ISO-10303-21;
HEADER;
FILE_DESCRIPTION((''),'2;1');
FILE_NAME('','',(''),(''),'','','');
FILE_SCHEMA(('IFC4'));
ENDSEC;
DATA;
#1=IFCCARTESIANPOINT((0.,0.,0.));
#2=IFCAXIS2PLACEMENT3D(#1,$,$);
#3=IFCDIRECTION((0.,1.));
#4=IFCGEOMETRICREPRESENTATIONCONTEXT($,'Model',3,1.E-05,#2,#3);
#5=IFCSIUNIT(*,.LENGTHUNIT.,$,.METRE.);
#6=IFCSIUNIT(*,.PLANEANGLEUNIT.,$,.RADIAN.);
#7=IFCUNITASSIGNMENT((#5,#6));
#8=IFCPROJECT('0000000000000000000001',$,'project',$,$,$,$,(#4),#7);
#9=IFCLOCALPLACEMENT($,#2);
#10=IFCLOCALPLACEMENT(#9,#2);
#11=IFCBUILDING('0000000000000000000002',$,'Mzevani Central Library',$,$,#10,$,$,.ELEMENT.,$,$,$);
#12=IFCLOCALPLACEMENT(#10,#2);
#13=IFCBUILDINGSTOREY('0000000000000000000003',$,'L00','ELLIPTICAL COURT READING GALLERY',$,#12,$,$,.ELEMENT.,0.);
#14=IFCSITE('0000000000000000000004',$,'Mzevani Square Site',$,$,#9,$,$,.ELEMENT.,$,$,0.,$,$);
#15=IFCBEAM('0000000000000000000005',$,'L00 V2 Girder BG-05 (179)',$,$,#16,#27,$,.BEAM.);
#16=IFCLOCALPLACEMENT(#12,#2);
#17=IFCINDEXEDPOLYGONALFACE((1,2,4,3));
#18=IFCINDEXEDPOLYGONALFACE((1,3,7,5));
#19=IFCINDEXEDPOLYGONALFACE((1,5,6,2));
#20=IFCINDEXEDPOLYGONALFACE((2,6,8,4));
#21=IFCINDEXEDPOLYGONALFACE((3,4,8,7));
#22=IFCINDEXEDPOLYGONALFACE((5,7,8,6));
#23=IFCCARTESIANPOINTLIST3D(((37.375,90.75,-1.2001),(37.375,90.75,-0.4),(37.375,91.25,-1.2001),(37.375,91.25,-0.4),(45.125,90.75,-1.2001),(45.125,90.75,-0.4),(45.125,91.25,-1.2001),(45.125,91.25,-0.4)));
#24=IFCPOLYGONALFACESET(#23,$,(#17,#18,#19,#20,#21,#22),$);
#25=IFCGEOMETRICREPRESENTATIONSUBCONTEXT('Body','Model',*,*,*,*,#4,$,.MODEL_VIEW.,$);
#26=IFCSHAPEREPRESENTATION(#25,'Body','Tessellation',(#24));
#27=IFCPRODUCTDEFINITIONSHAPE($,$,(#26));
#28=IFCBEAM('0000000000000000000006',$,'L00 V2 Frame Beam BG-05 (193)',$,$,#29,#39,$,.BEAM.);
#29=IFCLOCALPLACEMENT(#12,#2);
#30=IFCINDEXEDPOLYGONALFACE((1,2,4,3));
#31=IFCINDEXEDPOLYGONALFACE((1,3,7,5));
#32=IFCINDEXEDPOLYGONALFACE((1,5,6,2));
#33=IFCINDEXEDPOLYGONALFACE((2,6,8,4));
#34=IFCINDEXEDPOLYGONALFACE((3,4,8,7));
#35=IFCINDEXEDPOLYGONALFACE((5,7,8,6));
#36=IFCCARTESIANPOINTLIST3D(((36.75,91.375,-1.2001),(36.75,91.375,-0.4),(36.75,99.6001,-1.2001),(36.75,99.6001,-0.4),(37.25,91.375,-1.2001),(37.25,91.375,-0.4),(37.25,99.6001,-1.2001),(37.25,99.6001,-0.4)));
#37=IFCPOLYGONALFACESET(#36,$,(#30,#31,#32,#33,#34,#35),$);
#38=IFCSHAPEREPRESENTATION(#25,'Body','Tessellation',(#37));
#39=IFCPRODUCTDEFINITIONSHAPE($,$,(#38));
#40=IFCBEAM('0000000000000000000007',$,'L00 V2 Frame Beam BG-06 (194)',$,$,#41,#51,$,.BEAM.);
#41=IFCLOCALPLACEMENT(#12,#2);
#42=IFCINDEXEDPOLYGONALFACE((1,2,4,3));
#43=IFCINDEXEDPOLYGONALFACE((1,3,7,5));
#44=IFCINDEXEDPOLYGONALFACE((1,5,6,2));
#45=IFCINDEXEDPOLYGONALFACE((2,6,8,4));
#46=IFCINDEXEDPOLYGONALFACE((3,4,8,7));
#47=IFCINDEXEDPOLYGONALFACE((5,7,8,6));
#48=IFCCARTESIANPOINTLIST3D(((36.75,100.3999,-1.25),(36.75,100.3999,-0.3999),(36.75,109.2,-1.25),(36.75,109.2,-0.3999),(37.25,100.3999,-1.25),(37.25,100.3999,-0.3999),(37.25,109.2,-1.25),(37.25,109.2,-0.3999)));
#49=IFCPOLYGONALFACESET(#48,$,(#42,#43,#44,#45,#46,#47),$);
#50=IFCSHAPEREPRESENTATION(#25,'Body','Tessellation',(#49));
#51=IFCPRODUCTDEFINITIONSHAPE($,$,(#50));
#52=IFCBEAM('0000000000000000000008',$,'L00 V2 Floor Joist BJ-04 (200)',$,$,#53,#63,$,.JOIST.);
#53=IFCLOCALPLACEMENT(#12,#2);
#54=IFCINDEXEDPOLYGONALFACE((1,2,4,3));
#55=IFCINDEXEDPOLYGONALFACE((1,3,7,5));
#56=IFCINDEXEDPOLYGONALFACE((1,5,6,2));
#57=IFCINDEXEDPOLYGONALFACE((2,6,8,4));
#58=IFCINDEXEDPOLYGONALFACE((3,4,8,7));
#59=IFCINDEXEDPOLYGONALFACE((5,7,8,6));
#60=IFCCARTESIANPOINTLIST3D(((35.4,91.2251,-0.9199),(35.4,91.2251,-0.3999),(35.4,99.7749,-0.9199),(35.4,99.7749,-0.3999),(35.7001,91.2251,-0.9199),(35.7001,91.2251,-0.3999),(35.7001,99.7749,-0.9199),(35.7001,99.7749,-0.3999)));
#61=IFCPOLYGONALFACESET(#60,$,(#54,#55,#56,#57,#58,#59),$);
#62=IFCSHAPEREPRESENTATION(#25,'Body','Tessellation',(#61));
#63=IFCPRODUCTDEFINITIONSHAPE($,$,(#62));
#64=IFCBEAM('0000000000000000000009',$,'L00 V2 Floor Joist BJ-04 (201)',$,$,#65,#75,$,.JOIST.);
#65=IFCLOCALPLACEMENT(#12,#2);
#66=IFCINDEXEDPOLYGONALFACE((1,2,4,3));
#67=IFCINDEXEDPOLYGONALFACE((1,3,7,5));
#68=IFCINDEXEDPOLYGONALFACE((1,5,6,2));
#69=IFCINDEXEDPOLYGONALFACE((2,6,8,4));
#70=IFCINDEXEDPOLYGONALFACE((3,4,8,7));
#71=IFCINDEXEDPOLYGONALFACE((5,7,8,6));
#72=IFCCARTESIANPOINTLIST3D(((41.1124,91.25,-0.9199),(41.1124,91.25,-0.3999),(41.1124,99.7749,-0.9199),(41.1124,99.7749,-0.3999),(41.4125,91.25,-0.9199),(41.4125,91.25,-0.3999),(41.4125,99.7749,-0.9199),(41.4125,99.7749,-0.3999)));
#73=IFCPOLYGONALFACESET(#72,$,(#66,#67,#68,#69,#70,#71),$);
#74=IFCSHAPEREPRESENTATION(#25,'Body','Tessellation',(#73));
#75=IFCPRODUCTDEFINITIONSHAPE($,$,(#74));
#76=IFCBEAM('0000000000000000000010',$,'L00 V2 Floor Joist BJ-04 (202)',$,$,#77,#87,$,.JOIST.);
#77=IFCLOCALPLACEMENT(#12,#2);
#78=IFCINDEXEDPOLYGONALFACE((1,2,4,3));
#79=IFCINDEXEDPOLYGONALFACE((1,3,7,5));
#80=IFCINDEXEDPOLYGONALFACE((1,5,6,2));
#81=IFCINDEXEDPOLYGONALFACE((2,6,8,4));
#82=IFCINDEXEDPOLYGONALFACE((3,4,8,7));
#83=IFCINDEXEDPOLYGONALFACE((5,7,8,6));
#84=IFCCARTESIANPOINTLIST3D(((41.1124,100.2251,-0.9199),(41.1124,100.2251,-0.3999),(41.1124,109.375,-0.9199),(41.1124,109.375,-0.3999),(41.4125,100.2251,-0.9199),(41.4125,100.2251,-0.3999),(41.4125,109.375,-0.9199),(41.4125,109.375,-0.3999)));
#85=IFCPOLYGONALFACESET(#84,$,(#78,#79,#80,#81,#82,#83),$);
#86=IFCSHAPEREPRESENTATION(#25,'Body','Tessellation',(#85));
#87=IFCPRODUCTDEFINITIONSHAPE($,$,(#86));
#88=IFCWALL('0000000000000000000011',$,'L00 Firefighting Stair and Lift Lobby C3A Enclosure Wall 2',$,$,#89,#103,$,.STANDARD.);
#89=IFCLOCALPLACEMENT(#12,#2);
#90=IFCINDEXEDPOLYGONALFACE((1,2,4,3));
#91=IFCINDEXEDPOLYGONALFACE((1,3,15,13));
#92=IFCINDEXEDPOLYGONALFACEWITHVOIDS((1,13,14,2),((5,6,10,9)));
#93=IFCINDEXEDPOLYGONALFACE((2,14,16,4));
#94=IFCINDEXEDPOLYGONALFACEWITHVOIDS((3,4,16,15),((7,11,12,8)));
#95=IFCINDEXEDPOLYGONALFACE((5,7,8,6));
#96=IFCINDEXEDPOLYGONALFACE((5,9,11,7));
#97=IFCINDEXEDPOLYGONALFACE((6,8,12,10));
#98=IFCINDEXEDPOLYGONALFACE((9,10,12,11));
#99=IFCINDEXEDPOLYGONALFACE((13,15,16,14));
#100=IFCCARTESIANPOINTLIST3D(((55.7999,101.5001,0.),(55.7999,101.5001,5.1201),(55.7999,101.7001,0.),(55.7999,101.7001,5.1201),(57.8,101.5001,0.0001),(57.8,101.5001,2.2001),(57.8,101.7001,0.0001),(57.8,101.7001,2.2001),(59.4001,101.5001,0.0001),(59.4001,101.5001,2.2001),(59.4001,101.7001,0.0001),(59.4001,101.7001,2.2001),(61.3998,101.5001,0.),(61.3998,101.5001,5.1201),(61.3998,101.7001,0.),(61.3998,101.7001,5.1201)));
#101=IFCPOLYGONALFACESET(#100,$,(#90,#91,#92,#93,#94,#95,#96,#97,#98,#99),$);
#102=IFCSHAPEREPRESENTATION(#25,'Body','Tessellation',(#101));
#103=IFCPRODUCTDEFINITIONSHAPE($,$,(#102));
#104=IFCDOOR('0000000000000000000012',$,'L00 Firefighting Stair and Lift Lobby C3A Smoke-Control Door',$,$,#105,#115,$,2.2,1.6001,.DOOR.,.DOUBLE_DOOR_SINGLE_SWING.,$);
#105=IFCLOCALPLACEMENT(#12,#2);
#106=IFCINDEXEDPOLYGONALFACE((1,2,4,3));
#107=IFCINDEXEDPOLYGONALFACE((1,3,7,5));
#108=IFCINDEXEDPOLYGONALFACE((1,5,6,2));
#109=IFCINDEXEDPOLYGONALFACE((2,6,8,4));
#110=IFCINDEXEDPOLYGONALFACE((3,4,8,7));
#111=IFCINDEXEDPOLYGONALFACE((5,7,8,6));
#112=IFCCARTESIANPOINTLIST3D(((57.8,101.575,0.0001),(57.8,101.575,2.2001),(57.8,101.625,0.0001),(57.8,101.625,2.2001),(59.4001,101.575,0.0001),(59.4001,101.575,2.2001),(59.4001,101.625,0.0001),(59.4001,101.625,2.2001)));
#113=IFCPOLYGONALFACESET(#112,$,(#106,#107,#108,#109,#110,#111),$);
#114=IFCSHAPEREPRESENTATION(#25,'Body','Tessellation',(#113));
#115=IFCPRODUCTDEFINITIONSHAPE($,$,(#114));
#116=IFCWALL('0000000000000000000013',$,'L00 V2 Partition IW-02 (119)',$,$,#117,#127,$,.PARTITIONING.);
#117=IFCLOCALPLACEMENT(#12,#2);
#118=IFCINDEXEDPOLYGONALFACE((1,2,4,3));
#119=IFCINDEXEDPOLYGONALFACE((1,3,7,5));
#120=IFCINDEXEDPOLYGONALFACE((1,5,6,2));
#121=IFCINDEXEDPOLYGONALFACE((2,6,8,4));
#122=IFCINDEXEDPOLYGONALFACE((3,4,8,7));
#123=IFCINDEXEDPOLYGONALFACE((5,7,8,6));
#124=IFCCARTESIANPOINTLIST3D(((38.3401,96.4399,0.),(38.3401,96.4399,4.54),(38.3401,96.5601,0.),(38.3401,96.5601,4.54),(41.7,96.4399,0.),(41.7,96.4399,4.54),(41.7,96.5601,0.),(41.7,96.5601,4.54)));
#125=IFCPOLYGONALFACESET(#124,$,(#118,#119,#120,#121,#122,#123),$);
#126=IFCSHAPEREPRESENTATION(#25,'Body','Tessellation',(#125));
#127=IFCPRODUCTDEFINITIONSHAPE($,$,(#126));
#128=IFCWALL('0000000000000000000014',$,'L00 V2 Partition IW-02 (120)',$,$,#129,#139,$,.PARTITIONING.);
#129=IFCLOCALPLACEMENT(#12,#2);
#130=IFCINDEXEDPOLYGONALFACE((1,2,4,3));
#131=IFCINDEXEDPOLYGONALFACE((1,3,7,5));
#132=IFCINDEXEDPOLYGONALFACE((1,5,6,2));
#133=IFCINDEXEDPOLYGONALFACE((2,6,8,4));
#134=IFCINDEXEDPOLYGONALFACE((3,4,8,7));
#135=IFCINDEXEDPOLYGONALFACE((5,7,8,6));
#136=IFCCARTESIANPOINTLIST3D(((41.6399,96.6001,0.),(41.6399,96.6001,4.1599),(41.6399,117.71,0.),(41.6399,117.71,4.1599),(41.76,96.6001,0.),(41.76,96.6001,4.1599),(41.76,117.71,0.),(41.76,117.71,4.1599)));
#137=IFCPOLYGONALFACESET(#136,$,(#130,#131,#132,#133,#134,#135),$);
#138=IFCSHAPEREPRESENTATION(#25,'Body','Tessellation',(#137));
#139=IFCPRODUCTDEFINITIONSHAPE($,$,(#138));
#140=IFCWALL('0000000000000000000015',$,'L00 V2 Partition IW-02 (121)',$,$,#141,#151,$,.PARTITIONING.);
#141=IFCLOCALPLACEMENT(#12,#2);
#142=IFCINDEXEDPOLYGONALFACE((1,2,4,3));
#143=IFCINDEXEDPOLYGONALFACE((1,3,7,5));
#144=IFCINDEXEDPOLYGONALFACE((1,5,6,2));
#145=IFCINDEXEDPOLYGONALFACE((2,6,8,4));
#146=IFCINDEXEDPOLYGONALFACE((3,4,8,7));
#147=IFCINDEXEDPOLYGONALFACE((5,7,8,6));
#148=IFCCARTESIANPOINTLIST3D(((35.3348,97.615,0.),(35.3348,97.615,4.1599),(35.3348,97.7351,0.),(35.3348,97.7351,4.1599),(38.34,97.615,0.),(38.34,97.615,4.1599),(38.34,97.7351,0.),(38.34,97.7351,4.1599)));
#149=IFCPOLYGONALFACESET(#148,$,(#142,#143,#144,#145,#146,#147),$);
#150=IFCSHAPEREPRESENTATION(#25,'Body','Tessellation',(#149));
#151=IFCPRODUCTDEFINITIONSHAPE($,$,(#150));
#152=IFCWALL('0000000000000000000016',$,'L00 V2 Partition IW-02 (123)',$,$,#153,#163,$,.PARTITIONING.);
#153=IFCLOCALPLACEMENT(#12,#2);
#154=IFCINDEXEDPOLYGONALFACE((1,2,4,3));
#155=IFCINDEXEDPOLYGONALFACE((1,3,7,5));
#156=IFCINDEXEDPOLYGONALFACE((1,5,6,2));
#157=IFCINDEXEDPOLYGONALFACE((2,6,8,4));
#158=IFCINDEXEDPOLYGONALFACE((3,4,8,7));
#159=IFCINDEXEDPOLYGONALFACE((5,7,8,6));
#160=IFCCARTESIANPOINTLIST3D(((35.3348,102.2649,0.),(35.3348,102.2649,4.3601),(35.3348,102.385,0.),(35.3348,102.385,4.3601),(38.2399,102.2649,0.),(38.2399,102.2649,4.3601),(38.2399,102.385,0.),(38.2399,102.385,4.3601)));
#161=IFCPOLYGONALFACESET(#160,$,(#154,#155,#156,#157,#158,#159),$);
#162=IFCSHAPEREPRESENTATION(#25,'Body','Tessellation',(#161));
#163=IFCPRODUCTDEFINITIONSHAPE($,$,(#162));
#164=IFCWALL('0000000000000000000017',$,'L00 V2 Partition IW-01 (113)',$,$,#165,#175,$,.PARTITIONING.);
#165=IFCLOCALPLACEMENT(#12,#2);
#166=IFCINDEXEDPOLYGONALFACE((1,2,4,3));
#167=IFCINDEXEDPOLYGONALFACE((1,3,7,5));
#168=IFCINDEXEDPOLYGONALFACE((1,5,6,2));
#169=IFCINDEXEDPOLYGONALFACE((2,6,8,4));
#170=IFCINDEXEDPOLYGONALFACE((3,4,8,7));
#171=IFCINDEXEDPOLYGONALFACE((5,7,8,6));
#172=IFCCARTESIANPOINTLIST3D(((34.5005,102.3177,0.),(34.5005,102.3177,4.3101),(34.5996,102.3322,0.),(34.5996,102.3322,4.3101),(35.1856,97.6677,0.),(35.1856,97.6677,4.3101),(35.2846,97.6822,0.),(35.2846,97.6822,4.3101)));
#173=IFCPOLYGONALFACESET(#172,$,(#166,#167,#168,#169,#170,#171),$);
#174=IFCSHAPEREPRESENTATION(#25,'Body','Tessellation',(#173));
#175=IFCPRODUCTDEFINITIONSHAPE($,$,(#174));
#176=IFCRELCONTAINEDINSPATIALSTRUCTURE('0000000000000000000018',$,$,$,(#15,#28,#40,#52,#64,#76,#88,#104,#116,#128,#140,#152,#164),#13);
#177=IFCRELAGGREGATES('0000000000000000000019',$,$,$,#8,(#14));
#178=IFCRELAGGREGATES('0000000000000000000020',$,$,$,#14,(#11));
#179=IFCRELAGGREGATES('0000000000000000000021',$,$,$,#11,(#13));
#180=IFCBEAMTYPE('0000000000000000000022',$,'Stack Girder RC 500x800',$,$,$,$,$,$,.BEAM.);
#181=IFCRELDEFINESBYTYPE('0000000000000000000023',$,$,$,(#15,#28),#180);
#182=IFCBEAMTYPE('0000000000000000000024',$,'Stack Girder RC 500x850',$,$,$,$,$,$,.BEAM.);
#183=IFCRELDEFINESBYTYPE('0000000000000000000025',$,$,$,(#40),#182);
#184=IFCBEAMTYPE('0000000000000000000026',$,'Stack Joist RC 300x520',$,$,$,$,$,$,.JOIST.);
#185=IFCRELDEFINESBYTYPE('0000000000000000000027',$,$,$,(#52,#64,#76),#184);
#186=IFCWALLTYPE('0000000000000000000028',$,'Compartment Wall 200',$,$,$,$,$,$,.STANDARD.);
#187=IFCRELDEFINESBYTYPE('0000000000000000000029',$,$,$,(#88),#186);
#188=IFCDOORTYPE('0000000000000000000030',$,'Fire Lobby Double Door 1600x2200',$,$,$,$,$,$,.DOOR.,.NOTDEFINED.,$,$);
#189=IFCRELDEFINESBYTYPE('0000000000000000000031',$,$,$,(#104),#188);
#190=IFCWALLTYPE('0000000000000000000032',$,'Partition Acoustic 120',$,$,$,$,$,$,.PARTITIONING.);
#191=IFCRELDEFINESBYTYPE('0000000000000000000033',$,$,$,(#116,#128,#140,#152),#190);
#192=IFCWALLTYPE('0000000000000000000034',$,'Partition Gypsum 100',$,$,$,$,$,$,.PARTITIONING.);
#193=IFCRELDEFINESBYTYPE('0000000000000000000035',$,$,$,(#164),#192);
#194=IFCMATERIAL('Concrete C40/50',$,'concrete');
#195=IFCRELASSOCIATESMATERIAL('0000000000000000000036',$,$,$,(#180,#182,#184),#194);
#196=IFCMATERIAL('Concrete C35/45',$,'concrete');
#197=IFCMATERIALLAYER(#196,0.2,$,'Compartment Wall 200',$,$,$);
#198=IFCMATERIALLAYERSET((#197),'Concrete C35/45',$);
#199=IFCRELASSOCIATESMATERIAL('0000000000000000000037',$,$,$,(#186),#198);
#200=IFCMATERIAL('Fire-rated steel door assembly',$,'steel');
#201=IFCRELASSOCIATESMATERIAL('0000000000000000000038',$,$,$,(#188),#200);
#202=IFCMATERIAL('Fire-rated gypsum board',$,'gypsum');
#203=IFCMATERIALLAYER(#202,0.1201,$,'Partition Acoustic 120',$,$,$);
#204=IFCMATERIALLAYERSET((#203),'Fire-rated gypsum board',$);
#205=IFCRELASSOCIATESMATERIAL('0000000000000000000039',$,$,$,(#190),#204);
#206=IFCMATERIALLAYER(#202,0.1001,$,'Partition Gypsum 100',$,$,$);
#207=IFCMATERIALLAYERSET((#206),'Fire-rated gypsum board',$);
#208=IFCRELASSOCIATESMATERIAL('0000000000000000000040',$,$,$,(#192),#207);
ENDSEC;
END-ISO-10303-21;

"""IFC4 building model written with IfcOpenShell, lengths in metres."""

from ifc_helpers import new_model, si_unit, direction, frame, frame_2d, origin, origin_2d, place, context, subcontext, project, spatial, rectangle, extrude, material, layer, layer_set, material_profile, profile_set, type_object, element, fill, save


model = new_model("IFC4")

# Units and contexts
model_context = context("Model", 3, precision=1e-05, world=origin(), true_north=direction((0.0, 1.0)))
body_context = subcontext(model_context, "Body", "Model", "MODEL_VIEW")
ifc_project = project(units=[si_unit("LENGTHUNIT", "METRE"), si_unit("PLANEANGLEUNIT", "RADIAN")], contexts=[model_context])

# Site, building, storey
site_placement = place(None, origin())
site = spatial("IfcSite", under=ifc_project, at=site_placement, Name="Mzevani Square Site", CompositionType="ELEMENT", RefElevation=0.0)
building_placement = place(site_placement, origin())
building = spatial("IfcBuilding", under=site, at=building_placement, Name="Mzevani Central Library", CompositionType="ELEMENT")
storey_placement = place(building_placement, origin())
storey = spatial("IfcBuildingStorey", under=building, at=storey_placement, Name="L00", Description="ELLIPTICAL COURT READING GALLERY", CompositionType="ELEMENT", Elevation=0.0)

# Shared definitions
ifc_material_1 = material(Name="Concrete C40/50", Category="concrete")

# Beams
ifc_material_2 = material(Name="Concrete C35/45", Category="concrete")
ifc_material_profile_1 = material_profile(ifc_material_1, rectangle(XDim=0.5, YDim=0.8, at=origin_2d()), Name="RC B500x800")
ifc_profile_set_1 = profile_set([ifc_material_profile_1], Name="Concrete C40/50")
beam_type_1 = type_object("IfcBeamType", Name="Stack Girder RC 500x800", PredefinedType="BEAM", material=ifc_profile_set_1)
beam_1_placement = place(storey_placement, frame((37.375, 91.0, -0.8), z_axis=(1.0, 0.0, 0.0), x_axis=(0.0, 1.0, 0.0)))
element("IfcBeam", 1, at=beam_1_placement, inside=storey, type_object=beam_type_1, Name="L00 V2 Girder BG-05 (179)", PredefinedType="BEAM", context=body_context, shape_type="SweptSolid", body=[
    extrude(rectangle(XDim=0.5, YDim=0.8, at=origin_2d()), origin(), (0.0, 0.0, 1.0), 7.75),
])
beam_2_placement = place(storey_placement, frame((37.0, 91.375, -0.8), z_axis=(0.0, 1.0, 0.0), x_axis=(-1.0, 0.0, 0.0)))
element("IfcBeam", 2, at=beam_2_placement, inside=storey, type_object=beam_type_1, Name="L00 V2 Frame Beam BG-05 (193)", PredefinedType="BEAM", context=body_context, shape_type="SweptSolid", body=[
    extrude(rectangle(XDim=0.5, YDim=0.8, at=origin_2d()), origin(), (0.0, 0.0, 1.0), 8.2251),
])
ifc_material_profile_2 = material_profile(ifc_material_1, rectangle(XDim=0.5, YDim=0.8501, at=origin_2d()), Name="RC B500x850")
ifc_profile_set_2 = profile_set([ifc_material_profile_2], Name="Concrete C40/50")
beam_type_2 = type_object("IfcBeamType", Name="Stack Girder RC 500x850", PredefinedType="BEAM", material=ifc_profile_set_2)
beam_3_placement = place(storey_placement, frame((37.0, 100.3999, -0.825), z_axis=(0.0, 1.0, 0.0), x_axis=(-1.0, 0.0, 0.0)))
element("IfcBeam", 3, at=beam_3_placement, inside=storey, type_object=beam_type_2, Name="L00 V2 Frame Beam BG-06 (194)", PredefinedType="BEAM", context=body_context, shape_type="SweptSolid", body=[
    extrude(rectangle(XDim=0.5, YDim=0.8501, at=origin_2d()), origin(), (0.0, 0.0, 1.0), 8.8),
])
ifc_material_profile_3 = material_profile(ifc_material_1, rectangle(XDim=0.3, YDim=0.52, at=origin_2d()), Name="RC J300x520")
ifc_profile_set_3 = profile_set([ifc_material_profile_3], Name="Concrete C40/50")
beam_type_3 = type_object("IfcBeamType", Name="Stack Joist RC 300x520", PredefinedType="JOIST", material=ifc_profile_set_3)
beam_4_placement = place(storey_placement, frame((35.55, 91.2251, -0.6599), z_axis=(0.0, 1.0, 0.0), x_axis=(-1.0, 0.0, 0.0)))
element("IfcBeam", 4, at=beam_4_placement, inside=storey, type_object=beam_type_3, Name="L00 V2 Floor Joist BJ-04 (200)", PredefinedType="JOIST", context=body_context, shape_type="SweptSolid", body=[
    extrude(rectangle(XDim=0.3, YDim=0.52, at=origin_2d()), origin(), (0.0, 0.0, 1.0), 8.5498),
])
beam_5_placement = place(storey_placement, frame((41.2625, 91.25, -0.6599), z_axis=(0.0, 1.0, 0.0), x_axis=(-1.0, 0.0, 0.0)))
element("IfcBeam", 5, at=beam_5_placement, inside=storey, type_object=beam_type_3, Name="L00 V2 Floor Joist BJ-04 (201)", PredefinedType="JOIST", context=body_context, shape_type="SweptSolid", body=[
    extrude(rectangle(XDim=0.3, YDim=0.52, at=origin_2d()), origin(), (0.0, 0.0, 1.0), 8.5249),
])
beam_6_placement = place(storey_placement, frame((41.2625, 100.2251, -0.6599), z_axis=(0.0, 1.0, 0.0), x_axis=(-1.0, 0.0, 0.0)))
element("IfcBeam", 6, at=beam_6_placement, inside=storey, type_object=beam_type_3, Name="L00 V2 Floor Joist BJ-04 (202)", PredefinedType="JOIST", context=body_context, shape_type="SweptSolid", body=[
    extrude(rectangle(XDim=0.3, YDim=0.52, at=origin_2d()), origin(), (0.0, 0.0, 1.0), 9.1499),
])

# Wall, opening, door
ifc_layer_1 = layer(ifc_material_2, 0.2, Name="Compartment Wall 200")
ifc_layer_set_1 = layer_set([ifc_layer_1], Name="Concrete C35/45")
wall_type_1 = type_object("IfcWallType", Name="Compartment Wall 200", PredefinedType="STANDARD", material=ifc_layer_set_1)
wall_1_placement = place(storey_placement, frame((55.8, 101.6001, 0.0), z_axis=(0.0, 0.0, 1.0), x_axis=(1.0, 0.0, 0.0)))
wall_1 = element("IfcWall", 7, at=wall_1_placement, inside=storey, type_object=wall_type_1, Name="L00 Firefighting Stair and Lift Lobby C3A Enclosure Wall 2", PredefinedType="STANDARD", context=body_context, shape_type="SweptSolid", body=[
    extrude(rectangle(XDim=5.5999, YDim=0.2, at=frame_2d((2.7998, 0.0))), origin(), (0.0, 0.0, 1.0), 5.1201),
])
opening_1_placement = place(wall_1_placement, frame((2.0, 0.0, 0.0)))
opening_1 = element("IfcOpeningElement", 8, at=opening_1_placement, cuts=wall_1, PredefinedType="OPENING", context=body_context, shape_type="SweptSolid", body=[
    extrude(rectangle(XDim=1.6001, YDim=2.2, at=frame_2d((0.8, 1.1001))), frame((0.0, 0.1099, 0.0), z_axis=(0.0, -1.0, 0.0), x_axis=(1.0, 0.0, 0.0)), (0.0, 0.0, 1.0), 0.22),
])
ifc_material_3 = material(Name="Fire-rated steel door assembly", Category="steel")
door_type_1 = type_object("IfcDoorType", Name="Fire Lobby Double Door 1600x2200", OperationType="NOTDEFINED", PredefinedType="DOOR", material=ifc_material_3)
door_1_placement = place(opening_1_placement, origin())
door_1 = element("IfcDoor", 9, at=door_1_placement, inside=storey, type_object=door_type_1, Name="L00 Firefighting Stair and Lift Lobby C3A Smoke-Control Door", OperationType="DOUBLE_DOOR_SINGLE_SWING", OverallHeight=2.2, OverallWidth=1.6001, PredefinedType="DOOR", context=body_context, shape_type="SweptSolid", body=[
    extrude(rectangle(XDim=1.6001, YDim=2.2, at=frame_2d((0.8, 1.1001))), frame((0.0, 0.0249, 0.0), z_axis=(0.0, -1.0, 0.0), x_axis=(1.0, 0.0, 0.0)), (0.0, 0.0, 1.0), 0.05),
])
fill(opening_1, door_1)

# Walls
ifc_material_4 = material(Name="Fire-rated gypsum board", Category="gypsum")
ifc_layer_2 = layer(ifc_material_4, 0.1201, Name="Partition Acoustic 120")
ifc_layer_set_2 = layer_set([ifc_layer_2], Name="Fire-rated gypsum board")
wall_type_2 = type_object("IfcWallType", Name="Partition Acoustic 120", PredefinedType="PARTITIONING", material=ifc_layer_set_2)
wall_2_placement = place(storey_placement, frame((38.3401, 96.5, 0.0), z_axis=(0.0, 0.0, 1.0), x_axis=(1.0, 0.0, 0.0)))
element("IfcWall", 10, at=wall_2_placement, inside=storey, type_object=wall_type_2, Name="L00 V2 Partition IW-02 (119)", PredefinedType="PARTITIONING", context=body_context, shape_type="SweptSolid", body=[
    extrude(rectangle(XDim=3.3599, YDim=0.1201, at=frame_2d((1.6799, 0.0))), origin(), (0.0, 0.0, 1.0), 4.54),
])
wall_3_placement = place(storey_placement, frame((41.7, 96.6001, 0.0), z_axis=(0.0, 0.0, 1.0), x_axis=(0.0, 1.0, 0.0)))
element("IfcWall", 11, at=wall_3_placement, inside=storey, type_object=wall_type_2, Name="L00 V2 Partition IW-02 (120)", PredefinedType="PARTITIONING", context=body_context, shape_type="SweptSolid", body=[
    extrude(rectangle(XDim=21.1099, YDim=0.1201, at=frame_2d((10.5549, 0.0))), origin(), (0.0, 0.0, 1.0), 4.1599),
])
wall_4_placement = place(storey_placement, frame((35.335, 97.675, 0.0), z_axis=(0.0, 0.0, 1.0), x_axis=(1.0, 0.0, 0.0)))
element("IfcWall", 12, at=wall_4_placement, inside=storey, type_object=wall_type_2, Name="L00 V2 Partition IW-02 (121)", PredefinedType="PARTITIONING", context=body_context, shape_type="SweptSolid", body=[
    extrude(rectangle(XDim=3.0051, YDim=0.1201, at=frame_2d((1.5024, 0.0))), origin(), (0.0, 0.0, 1.0), 4.1599),
])
wall_5_placement = place(storey_placement, frame((38.24, 102.325, 0.0), z_axis=(0.0, 0.0, 1.0), x_axis=(-1.0, 0.0, 0.0)))
element("IfcWall", 13, at=wall_5_placement, inside=storey, type_object=wall_type_2, Name="L00 V2 Partition IW-02 (123)", PredefinedType="PARTITIONING", context=body_context, shape_type="SweptSolid", body=[
    extrude(rectangle(XDim=2.905, YDim=0.1201, at=frame_2d((1.4526, 0.0))), origin(), (0.0, 0.0, 1.0), 4.3601),
])
ifc_layer_3 = layer(ifc_material_4, 0.1001, Name="Partition Gypsum 100")
ifc_layer_set_3 = layer_set([ifc_layer_3], Name="Fire-rated gypsum board")
wall_type_3 = type_object("IfcWallType", Name="Partition Gypsum 100", PredefinedType="PARTITIONING", material=ifc_layer_set_3)
wall_6_placement = place(storey_placement, frame((34.55, 102.325, 0.0), z_axis=(0.0, 0.0, 1.0), x_axis=(0.145754, -0.989321, 0.0)))
element("IfcWall", 14, at=wall_6_placement, inside=storey, type_object=wall_type_3, Name="L00 V2 Partition IW-01 (113)", PredefinedType="PARTITIONING", context=body_context, shape_type="SweptSolid", body=[
    extrude(rectangle(XDim=4.7002, YDim=0.1001, at=frame_2d((2.3501, 0.0))), origin(), (0.0, 0.0, 1.0), 4.3101),
])

save(model, "model.ifc")
